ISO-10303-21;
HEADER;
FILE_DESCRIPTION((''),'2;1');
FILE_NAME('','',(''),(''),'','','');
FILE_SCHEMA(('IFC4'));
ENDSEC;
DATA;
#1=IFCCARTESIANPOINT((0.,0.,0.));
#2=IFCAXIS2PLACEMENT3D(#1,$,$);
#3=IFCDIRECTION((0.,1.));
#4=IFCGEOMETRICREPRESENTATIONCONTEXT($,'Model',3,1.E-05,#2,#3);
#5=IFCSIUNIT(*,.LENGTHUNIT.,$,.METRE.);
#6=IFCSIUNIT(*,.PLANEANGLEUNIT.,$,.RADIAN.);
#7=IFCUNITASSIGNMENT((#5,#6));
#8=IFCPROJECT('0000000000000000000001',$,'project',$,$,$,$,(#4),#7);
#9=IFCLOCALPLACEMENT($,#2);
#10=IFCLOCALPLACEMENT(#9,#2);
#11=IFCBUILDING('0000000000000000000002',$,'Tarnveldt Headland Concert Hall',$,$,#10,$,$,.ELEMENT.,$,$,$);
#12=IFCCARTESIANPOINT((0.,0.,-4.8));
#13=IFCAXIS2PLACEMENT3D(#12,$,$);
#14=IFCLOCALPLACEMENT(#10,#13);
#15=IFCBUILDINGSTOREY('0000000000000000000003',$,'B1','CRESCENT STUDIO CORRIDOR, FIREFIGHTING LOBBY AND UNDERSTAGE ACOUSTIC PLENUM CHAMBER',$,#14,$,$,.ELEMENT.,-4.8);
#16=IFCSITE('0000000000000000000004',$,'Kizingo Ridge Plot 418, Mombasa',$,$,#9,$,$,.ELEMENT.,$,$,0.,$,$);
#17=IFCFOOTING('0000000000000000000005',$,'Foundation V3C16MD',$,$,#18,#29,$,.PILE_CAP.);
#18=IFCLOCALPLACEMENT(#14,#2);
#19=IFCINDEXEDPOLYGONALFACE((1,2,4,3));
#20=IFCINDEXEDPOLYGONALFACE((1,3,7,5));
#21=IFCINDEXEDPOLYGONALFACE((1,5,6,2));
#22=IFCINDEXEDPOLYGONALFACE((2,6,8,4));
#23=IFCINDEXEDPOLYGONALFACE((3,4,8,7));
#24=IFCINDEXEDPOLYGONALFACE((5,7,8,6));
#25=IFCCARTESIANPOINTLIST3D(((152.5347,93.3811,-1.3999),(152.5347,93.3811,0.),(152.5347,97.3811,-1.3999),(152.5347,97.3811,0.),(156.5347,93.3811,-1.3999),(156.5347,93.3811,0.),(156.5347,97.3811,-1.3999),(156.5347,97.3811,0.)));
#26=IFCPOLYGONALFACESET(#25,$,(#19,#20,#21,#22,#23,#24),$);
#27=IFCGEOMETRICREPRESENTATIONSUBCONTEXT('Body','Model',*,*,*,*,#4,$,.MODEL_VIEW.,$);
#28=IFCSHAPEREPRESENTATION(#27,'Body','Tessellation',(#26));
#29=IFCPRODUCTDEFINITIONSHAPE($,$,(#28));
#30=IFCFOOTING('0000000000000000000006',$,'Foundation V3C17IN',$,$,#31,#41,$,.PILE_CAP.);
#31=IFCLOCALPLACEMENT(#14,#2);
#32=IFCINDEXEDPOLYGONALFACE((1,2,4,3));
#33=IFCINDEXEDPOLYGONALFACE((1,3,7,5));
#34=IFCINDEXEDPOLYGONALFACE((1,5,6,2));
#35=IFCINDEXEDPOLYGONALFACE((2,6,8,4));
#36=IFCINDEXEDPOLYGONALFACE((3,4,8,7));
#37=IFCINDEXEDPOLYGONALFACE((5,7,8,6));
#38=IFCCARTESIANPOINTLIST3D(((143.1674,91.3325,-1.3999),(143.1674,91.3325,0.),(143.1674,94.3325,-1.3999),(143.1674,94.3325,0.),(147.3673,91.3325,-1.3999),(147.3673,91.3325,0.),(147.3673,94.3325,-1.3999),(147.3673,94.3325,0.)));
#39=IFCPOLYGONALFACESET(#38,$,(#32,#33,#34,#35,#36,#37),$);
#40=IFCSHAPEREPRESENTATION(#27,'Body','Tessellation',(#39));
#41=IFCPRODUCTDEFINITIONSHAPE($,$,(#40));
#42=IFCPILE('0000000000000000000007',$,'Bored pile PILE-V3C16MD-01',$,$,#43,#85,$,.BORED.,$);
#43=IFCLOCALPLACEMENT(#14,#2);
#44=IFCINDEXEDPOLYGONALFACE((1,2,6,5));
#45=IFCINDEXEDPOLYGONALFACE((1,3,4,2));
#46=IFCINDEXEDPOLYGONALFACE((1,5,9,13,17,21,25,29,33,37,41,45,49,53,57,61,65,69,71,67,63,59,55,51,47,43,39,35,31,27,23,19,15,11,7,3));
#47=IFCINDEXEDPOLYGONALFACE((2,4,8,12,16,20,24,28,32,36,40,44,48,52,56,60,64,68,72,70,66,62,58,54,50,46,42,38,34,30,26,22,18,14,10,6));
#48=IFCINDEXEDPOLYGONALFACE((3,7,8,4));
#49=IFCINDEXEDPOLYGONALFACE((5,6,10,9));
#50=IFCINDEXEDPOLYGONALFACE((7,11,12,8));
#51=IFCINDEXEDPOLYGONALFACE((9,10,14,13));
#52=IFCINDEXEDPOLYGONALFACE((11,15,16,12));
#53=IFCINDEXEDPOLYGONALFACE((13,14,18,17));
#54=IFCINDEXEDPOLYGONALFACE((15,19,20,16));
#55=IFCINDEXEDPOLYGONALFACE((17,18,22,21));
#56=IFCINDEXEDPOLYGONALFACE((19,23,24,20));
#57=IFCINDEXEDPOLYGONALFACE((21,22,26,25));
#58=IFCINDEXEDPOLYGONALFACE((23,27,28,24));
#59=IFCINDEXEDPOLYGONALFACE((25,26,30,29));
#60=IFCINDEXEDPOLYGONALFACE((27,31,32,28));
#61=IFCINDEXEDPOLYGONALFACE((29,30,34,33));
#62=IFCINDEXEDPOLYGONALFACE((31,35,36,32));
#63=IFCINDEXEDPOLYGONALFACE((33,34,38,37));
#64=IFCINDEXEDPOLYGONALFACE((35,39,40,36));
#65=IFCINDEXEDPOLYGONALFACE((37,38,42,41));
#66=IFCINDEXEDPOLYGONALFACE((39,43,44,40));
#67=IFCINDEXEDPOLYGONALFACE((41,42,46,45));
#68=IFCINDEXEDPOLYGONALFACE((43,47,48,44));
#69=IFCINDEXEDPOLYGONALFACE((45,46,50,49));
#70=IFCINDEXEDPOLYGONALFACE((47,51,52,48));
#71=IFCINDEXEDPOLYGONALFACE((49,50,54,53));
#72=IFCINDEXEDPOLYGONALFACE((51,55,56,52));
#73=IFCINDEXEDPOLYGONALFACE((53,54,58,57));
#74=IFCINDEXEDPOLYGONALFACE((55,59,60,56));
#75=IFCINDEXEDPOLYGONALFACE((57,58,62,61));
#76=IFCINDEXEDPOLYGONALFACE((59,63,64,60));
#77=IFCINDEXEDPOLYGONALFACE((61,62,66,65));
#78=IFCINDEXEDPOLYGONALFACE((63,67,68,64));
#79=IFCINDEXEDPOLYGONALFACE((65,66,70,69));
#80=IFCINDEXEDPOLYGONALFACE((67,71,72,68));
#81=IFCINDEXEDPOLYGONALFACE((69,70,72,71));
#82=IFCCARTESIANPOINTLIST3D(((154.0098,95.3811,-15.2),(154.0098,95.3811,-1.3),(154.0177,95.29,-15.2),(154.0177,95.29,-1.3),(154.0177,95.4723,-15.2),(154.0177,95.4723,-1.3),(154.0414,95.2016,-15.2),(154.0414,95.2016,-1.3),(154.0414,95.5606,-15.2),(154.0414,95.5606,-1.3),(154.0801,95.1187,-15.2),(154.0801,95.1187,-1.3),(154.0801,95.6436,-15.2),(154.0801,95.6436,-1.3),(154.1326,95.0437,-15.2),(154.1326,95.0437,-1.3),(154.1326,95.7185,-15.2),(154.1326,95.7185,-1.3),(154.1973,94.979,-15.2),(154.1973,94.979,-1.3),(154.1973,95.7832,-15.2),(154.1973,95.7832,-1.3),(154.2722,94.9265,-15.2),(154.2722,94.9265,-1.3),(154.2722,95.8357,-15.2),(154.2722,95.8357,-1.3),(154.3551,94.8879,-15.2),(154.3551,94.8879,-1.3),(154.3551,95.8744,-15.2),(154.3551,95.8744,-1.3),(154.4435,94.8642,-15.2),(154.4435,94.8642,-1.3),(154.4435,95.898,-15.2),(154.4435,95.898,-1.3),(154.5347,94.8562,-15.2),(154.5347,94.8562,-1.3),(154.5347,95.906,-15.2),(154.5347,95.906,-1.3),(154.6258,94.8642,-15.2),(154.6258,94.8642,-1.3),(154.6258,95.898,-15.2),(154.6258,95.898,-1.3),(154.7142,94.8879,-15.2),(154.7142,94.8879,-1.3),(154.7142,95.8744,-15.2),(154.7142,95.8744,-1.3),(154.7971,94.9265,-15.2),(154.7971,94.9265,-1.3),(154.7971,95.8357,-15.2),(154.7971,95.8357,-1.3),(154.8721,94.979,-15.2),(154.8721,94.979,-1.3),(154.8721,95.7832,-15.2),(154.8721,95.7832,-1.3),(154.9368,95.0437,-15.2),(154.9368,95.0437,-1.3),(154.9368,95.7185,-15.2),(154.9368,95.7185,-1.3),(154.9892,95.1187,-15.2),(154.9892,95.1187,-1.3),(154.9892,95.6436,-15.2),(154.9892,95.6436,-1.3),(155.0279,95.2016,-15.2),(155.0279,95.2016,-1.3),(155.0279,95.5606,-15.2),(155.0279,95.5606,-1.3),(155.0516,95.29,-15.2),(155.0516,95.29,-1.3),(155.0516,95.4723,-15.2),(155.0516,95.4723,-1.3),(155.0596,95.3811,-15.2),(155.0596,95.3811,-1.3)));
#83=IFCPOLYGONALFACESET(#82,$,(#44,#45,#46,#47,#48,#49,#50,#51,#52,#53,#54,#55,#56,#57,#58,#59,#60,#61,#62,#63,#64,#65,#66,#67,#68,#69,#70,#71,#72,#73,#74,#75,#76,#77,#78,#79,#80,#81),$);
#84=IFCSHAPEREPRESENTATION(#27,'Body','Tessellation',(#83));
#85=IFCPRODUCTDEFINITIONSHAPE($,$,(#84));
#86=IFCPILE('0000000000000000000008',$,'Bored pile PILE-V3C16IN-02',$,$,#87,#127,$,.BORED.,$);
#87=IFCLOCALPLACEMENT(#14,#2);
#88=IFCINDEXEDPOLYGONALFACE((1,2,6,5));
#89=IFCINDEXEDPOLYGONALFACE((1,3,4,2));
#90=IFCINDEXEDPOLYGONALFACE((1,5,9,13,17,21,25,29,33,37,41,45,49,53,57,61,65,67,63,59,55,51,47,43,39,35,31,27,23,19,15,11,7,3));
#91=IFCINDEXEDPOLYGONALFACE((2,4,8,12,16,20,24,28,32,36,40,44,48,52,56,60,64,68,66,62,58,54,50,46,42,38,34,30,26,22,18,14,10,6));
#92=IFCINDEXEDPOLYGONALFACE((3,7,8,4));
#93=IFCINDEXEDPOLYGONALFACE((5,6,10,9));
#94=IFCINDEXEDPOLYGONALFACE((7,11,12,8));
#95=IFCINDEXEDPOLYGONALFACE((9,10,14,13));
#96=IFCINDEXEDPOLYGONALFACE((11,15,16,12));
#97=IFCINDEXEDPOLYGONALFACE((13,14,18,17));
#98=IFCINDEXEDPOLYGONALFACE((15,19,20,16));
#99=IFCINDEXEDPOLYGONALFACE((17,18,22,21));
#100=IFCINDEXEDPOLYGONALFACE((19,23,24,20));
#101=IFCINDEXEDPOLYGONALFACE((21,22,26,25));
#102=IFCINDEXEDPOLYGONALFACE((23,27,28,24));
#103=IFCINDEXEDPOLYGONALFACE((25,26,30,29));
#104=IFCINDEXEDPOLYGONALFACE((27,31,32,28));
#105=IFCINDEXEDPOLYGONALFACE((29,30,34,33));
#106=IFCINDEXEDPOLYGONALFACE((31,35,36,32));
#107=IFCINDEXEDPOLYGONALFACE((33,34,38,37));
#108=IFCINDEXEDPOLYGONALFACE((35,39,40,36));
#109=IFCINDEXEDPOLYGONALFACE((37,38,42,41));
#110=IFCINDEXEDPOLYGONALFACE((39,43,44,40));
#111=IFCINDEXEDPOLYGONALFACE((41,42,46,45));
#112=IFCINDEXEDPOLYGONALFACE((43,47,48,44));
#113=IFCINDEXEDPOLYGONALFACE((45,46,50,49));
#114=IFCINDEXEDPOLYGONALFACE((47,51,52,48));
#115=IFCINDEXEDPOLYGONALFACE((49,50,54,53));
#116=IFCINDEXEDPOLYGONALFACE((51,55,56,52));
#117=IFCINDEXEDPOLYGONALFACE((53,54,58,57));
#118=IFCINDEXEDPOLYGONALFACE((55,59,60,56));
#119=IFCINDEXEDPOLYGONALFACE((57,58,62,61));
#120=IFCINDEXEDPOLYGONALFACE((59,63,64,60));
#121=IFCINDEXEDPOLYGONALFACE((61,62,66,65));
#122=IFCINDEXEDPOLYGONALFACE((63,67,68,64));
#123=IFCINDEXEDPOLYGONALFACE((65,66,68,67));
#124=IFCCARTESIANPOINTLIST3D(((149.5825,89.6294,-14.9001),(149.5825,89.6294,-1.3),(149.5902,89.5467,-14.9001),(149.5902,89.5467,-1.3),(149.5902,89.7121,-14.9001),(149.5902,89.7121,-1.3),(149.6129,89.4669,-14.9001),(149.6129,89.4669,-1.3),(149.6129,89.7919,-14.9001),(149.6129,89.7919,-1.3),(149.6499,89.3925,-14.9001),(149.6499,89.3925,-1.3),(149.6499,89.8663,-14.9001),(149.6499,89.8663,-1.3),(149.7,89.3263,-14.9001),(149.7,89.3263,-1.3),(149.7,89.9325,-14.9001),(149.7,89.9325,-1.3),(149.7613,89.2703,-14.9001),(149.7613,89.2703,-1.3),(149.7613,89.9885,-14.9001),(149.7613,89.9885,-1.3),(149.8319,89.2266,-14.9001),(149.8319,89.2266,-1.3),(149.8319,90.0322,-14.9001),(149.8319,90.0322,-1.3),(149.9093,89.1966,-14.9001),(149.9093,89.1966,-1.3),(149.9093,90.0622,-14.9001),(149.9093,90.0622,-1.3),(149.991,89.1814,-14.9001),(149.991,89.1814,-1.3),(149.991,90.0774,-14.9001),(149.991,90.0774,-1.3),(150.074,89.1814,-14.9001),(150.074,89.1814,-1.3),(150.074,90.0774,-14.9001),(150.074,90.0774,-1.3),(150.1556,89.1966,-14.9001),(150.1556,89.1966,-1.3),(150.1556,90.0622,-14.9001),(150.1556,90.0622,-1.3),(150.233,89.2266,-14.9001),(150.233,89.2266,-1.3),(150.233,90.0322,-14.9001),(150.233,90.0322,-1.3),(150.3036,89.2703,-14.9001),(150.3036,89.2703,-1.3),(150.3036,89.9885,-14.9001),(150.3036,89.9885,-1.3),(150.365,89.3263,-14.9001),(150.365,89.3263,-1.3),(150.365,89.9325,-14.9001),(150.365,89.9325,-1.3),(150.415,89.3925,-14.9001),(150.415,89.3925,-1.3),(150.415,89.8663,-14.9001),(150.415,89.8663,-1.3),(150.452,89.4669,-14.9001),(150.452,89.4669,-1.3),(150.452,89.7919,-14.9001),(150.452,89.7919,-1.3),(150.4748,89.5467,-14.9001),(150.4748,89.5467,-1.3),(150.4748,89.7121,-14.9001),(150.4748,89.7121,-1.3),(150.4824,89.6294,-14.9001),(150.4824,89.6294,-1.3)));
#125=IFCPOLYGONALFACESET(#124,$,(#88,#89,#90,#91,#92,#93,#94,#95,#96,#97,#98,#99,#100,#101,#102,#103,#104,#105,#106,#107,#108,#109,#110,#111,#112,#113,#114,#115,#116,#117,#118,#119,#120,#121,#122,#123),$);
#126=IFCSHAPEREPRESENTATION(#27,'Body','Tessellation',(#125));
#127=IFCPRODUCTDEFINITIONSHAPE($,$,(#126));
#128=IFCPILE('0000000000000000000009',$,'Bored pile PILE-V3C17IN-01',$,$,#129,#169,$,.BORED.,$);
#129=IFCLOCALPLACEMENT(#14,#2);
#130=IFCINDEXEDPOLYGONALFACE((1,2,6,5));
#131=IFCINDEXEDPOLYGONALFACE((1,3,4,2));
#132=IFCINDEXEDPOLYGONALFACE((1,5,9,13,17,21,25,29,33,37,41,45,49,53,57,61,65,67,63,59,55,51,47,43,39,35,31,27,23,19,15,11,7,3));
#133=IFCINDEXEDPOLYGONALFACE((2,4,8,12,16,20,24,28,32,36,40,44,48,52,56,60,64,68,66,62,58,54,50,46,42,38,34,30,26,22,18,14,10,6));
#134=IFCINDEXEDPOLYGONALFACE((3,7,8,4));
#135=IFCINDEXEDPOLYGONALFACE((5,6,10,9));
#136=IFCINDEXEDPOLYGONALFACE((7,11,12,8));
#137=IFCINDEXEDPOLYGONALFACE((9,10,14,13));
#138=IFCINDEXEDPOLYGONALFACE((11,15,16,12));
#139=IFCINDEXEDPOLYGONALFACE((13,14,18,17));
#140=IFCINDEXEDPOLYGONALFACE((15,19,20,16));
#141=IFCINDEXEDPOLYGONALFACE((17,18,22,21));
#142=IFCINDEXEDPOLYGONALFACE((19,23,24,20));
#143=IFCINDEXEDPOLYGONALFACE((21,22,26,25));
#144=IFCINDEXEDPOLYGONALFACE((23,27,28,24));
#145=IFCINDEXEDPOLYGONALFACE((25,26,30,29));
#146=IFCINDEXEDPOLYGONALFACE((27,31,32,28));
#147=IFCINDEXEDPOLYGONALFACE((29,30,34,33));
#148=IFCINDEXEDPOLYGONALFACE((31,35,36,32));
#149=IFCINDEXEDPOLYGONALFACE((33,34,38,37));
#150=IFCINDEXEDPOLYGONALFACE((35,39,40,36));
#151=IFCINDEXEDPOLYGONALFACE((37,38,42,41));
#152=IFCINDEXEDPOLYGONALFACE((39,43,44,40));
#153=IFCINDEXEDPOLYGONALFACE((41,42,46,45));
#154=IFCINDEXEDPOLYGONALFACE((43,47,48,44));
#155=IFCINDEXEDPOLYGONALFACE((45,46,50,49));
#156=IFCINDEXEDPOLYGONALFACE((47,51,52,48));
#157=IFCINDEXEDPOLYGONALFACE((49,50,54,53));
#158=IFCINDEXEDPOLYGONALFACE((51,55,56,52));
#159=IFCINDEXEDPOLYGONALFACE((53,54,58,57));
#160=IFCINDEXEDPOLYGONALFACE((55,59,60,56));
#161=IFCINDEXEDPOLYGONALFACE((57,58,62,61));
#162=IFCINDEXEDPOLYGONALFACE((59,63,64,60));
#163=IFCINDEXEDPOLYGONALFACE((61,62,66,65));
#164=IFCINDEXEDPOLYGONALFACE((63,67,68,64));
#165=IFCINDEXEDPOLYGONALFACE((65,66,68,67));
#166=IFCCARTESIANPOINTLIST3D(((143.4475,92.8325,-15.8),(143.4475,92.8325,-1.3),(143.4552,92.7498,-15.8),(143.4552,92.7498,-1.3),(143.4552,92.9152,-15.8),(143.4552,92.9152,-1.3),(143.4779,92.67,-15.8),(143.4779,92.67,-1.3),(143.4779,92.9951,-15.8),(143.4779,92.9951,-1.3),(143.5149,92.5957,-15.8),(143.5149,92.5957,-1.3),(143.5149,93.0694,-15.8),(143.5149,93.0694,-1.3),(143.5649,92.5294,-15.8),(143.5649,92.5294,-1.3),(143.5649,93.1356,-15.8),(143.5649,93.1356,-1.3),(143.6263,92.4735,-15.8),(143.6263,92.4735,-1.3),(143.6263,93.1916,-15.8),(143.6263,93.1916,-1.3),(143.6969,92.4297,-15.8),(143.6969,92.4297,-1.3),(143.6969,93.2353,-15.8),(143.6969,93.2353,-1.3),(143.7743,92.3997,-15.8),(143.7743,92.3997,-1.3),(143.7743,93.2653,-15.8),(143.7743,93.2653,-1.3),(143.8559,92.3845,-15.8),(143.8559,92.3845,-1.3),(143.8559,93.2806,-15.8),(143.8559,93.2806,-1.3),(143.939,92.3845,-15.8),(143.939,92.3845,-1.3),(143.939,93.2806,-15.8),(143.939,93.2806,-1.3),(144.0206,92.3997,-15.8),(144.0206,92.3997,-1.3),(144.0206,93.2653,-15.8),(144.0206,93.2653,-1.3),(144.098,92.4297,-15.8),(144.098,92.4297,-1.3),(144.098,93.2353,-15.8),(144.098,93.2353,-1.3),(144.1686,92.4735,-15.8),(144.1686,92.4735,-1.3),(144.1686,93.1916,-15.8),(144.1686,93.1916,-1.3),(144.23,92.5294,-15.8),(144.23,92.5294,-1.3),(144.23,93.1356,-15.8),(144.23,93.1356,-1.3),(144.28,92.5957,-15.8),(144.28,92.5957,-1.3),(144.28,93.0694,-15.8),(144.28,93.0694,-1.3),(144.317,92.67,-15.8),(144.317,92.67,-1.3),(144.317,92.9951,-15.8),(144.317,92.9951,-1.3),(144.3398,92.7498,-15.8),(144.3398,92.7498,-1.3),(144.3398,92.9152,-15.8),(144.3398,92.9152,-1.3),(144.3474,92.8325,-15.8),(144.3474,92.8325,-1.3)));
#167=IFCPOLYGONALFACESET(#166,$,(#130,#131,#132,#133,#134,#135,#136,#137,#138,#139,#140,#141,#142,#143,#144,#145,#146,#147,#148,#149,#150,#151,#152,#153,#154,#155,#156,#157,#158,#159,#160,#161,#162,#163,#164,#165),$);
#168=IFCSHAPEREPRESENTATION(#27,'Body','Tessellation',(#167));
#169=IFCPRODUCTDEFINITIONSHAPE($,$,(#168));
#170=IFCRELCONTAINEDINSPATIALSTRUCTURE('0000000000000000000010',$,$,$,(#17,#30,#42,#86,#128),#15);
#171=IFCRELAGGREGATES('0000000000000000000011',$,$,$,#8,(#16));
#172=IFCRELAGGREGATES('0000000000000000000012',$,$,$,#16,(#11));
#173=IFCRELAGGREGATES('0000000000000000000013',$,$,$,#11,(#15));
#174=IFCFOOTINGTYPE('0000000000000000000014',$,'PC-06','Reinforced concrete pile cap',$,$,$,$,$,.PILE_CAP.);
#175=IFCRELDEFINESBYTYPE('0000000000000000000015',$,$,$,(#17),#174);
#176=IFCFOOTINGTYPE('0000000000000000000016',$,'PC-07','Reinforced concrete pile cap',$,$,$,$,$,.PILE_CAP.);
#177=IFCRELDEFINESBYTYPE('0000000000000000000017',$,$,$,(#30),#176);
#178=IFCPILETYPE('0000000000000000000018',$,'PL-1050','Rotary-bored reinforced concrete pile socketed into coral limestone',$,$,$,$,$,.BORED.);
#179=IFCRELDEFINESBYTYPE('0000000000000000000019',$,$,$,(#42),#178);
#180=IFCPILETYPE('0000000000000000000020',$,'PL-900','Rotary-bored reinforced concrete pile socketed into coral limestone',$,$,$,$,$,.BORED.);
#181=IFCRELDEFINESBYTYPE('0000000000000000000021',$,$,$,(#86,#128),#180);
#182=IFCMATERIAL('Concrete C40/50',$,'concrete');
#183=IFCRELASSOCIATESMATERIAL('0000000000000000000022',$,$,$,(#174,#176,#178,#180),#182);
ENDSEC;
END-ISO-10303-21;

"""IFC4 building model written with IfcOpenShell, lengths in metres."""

from ifc_helpers import new_model, si_unit, direction, frame, origin, origin_2d, place, context, subcontext, project, spatial, rectangle, circle, extrude, material, material_profile, profile_set, type_object, element, save


model = new_model("IFC4")

# Units and contexts
model_context = context("Model", 3, precision=1e-05, world=origin(), true_north=direction((0.0, 1.0)))
body_context = subcontext(model_context, "Body", "Model", "MODEL_VIEW")
ifc_project = project(units=[si_unit("LENGTHUNIT", "METRE"), si_unit("PLANEANGLEUNIT", "RADIAN")], contexts=[model_context])

# Site, building, storey
site_placement = place(None, origin())
site = spatial("IfcSite", under=ifc_project, at=site_placement, Name="Kizingo Ridge Plot 418, Mombasa", CompositionType="ELEMENT", RefElevation=0.0)
building_placement = place(site_placement, origin())
building = spatial("IfcBuilding", under=site, at=building_placement, Name="Tarnveldt Headland Concert Hall", CompositionType="ELEMENT")
storey_placement = place(building_placement, frame((0.0, 0.0, -4.8)))
storey = spatial("IfcBuildingStorey", under=building, at=storey_placement, Name="B1", Description="CRESCENT STUDIO CORRIDOR, FIREFIGHTING LOBBY AND UNDERSTAGE ACOUSTIC PLENUM CHAMBER", CompositionType="ELEMENT", Elevation=-4.8)

# Footings
ifc_material_1 = material(Name="Concrete C40/50", Category="concrete")
footing_type_1 = type_object("IfcFootingType", Name="PC-06", Description="Reinforced concrete pile cap", PredefinedType="PILE_CAP", material=ifc_material_1)
footing_1_placement = place(storey_placement, frame((154.5347, 95.3811, -1.3999), z_axis=(0.0, 0.0, 1.0), x_axis=(1.0, 0.0, 0.0)))
element("IfcFooting", 1, at=footing_1_placement, inside=storey, type_object=footing_type_1, Name="Foundation V3C16MD", PredefinedType="PILE_CAP", context=body_context, shape_type="SweptSolid", body=[
    extrude(rectangle(XDim=4.0, YDim=4.0, at=origin_2d()), origin(), (0.0, 0.0, 1.0), 1.3999),
])
footing_type_2 = type_object("IfcFootingType", Name="PC-07", Description="Reinforced concrete pile cap", PredefinedType="PILE_CAP", material=ifc_material_1)
footing_2_placement = place(storey_placement, frame((145.2673, 92.8325, -1.3999), z_axis=(0.0, 0.0, 1.0), x_axis=(1.0, 0.0, 0.0)))
element("IfcFooting", 2, at=footing_2_placement, inside=storey, type_object=footing_type_2, Name="Foundation V3C17IN", PredefinedType="PILE_CAP", context=body_context, shape_type="SweptSolid", body=[
    extrude(rectangle(XDim=4.2, YDim=3.0, at=origin_2d()), origin(), (0.0, 0.0, 1.0), 1.3999),
])

# Piles
ifc_material_profile_1 = material_profile(ifc_material_1, circle(Radius=0.5249, at=origin_2d()), Name="BORED PILE D1050", Category="concrete")
ifc_profile_set_1 = profile_set([ifc_material_profile_1], Name="Concrete C40/50")
pile_type_1 = type_object("IfcPileType", Name="PL-1050", Description="Rotary-bored reinforced concrete pile socketed into coral limestone", PredefinedType="BORED", material=ifc_profile_set_1)
pile_1_placement = place(storey_placement, frame((154.5347, 95.3811, -1.3), z_axis=(0.0, 0.0, -1.0), x_axis=(1.0, 0.0, 0.0)))
element("IfcPile", 3, at=pile_1_placement, inside=storey, type_object=pile_type_1, Name="Bored pile PILE-V3C16MD-01", PredefinedType="BORED", context=body_context, shape_type="SweptSolid", body=[
    extrude(circle(Radius=0.5249, at=origin_2d()), origin(), (0.0, 0.0, 1.0), 13.8999),
])
ifc_material_profile_2 = material_profile(ifc_material_1, circle(Radius=0.45, at=origin_2d()), Name="BORED PILE D900", Category="concrete")
ifc_profile_set_2 = profile_set([ifc_material_profile_2], Name="Concrete C40/50")
pile_type_2 = type_object("IfcPileType", Name="PL-900", Description="Rotary-bored reinforced concrete pile socketed into coral limestone", PredefinedType="BORED", material=ifc_profile_set_2)
pile_2_placement = place(storey_placement, frame((150.0325, 89.6294, -1.3), z_axis=(0.0, 0.0, -1.0), x_axis=(1.0, 0.0, 0.0)))
element("IfcPile", 4, at=pile_2_placement, inside=storey, type_object=pile_type_2, Name="Bored pile PILE-V3C16IN-02", PredefinedType="BORED", context=body_context, shape_type="SweptSolid", body=[
    extrude(circle(Radius=0.45, at=origin_2d()), origin(), (0.0, 0.0, 1.0), 13.6001),
])
for number, where, z_axis, x_axis, name in (
    (5, (143.8975, 92.8325, -1.3), (0.0, 0.0, -1.0), (1.0, 0.0, 0.0), "Bored pile PILE-V3C17IN-01"),
):
    element("IfcPile", number, at=place(storey_placement, frame(where, z_axis=z_axis, x_axis=x_axis)), inside=storey, type_object=pile_type_2, Name=name, PredefinedType="BORED", context=body_context, shape_type="SweptSolid", body=[
        extrude(circle(Radius=0.45, at=origin_2d()), origin(), (0.0, 0.0, 1.0), 14.5),
    ])

save(model, "model.ifc")
